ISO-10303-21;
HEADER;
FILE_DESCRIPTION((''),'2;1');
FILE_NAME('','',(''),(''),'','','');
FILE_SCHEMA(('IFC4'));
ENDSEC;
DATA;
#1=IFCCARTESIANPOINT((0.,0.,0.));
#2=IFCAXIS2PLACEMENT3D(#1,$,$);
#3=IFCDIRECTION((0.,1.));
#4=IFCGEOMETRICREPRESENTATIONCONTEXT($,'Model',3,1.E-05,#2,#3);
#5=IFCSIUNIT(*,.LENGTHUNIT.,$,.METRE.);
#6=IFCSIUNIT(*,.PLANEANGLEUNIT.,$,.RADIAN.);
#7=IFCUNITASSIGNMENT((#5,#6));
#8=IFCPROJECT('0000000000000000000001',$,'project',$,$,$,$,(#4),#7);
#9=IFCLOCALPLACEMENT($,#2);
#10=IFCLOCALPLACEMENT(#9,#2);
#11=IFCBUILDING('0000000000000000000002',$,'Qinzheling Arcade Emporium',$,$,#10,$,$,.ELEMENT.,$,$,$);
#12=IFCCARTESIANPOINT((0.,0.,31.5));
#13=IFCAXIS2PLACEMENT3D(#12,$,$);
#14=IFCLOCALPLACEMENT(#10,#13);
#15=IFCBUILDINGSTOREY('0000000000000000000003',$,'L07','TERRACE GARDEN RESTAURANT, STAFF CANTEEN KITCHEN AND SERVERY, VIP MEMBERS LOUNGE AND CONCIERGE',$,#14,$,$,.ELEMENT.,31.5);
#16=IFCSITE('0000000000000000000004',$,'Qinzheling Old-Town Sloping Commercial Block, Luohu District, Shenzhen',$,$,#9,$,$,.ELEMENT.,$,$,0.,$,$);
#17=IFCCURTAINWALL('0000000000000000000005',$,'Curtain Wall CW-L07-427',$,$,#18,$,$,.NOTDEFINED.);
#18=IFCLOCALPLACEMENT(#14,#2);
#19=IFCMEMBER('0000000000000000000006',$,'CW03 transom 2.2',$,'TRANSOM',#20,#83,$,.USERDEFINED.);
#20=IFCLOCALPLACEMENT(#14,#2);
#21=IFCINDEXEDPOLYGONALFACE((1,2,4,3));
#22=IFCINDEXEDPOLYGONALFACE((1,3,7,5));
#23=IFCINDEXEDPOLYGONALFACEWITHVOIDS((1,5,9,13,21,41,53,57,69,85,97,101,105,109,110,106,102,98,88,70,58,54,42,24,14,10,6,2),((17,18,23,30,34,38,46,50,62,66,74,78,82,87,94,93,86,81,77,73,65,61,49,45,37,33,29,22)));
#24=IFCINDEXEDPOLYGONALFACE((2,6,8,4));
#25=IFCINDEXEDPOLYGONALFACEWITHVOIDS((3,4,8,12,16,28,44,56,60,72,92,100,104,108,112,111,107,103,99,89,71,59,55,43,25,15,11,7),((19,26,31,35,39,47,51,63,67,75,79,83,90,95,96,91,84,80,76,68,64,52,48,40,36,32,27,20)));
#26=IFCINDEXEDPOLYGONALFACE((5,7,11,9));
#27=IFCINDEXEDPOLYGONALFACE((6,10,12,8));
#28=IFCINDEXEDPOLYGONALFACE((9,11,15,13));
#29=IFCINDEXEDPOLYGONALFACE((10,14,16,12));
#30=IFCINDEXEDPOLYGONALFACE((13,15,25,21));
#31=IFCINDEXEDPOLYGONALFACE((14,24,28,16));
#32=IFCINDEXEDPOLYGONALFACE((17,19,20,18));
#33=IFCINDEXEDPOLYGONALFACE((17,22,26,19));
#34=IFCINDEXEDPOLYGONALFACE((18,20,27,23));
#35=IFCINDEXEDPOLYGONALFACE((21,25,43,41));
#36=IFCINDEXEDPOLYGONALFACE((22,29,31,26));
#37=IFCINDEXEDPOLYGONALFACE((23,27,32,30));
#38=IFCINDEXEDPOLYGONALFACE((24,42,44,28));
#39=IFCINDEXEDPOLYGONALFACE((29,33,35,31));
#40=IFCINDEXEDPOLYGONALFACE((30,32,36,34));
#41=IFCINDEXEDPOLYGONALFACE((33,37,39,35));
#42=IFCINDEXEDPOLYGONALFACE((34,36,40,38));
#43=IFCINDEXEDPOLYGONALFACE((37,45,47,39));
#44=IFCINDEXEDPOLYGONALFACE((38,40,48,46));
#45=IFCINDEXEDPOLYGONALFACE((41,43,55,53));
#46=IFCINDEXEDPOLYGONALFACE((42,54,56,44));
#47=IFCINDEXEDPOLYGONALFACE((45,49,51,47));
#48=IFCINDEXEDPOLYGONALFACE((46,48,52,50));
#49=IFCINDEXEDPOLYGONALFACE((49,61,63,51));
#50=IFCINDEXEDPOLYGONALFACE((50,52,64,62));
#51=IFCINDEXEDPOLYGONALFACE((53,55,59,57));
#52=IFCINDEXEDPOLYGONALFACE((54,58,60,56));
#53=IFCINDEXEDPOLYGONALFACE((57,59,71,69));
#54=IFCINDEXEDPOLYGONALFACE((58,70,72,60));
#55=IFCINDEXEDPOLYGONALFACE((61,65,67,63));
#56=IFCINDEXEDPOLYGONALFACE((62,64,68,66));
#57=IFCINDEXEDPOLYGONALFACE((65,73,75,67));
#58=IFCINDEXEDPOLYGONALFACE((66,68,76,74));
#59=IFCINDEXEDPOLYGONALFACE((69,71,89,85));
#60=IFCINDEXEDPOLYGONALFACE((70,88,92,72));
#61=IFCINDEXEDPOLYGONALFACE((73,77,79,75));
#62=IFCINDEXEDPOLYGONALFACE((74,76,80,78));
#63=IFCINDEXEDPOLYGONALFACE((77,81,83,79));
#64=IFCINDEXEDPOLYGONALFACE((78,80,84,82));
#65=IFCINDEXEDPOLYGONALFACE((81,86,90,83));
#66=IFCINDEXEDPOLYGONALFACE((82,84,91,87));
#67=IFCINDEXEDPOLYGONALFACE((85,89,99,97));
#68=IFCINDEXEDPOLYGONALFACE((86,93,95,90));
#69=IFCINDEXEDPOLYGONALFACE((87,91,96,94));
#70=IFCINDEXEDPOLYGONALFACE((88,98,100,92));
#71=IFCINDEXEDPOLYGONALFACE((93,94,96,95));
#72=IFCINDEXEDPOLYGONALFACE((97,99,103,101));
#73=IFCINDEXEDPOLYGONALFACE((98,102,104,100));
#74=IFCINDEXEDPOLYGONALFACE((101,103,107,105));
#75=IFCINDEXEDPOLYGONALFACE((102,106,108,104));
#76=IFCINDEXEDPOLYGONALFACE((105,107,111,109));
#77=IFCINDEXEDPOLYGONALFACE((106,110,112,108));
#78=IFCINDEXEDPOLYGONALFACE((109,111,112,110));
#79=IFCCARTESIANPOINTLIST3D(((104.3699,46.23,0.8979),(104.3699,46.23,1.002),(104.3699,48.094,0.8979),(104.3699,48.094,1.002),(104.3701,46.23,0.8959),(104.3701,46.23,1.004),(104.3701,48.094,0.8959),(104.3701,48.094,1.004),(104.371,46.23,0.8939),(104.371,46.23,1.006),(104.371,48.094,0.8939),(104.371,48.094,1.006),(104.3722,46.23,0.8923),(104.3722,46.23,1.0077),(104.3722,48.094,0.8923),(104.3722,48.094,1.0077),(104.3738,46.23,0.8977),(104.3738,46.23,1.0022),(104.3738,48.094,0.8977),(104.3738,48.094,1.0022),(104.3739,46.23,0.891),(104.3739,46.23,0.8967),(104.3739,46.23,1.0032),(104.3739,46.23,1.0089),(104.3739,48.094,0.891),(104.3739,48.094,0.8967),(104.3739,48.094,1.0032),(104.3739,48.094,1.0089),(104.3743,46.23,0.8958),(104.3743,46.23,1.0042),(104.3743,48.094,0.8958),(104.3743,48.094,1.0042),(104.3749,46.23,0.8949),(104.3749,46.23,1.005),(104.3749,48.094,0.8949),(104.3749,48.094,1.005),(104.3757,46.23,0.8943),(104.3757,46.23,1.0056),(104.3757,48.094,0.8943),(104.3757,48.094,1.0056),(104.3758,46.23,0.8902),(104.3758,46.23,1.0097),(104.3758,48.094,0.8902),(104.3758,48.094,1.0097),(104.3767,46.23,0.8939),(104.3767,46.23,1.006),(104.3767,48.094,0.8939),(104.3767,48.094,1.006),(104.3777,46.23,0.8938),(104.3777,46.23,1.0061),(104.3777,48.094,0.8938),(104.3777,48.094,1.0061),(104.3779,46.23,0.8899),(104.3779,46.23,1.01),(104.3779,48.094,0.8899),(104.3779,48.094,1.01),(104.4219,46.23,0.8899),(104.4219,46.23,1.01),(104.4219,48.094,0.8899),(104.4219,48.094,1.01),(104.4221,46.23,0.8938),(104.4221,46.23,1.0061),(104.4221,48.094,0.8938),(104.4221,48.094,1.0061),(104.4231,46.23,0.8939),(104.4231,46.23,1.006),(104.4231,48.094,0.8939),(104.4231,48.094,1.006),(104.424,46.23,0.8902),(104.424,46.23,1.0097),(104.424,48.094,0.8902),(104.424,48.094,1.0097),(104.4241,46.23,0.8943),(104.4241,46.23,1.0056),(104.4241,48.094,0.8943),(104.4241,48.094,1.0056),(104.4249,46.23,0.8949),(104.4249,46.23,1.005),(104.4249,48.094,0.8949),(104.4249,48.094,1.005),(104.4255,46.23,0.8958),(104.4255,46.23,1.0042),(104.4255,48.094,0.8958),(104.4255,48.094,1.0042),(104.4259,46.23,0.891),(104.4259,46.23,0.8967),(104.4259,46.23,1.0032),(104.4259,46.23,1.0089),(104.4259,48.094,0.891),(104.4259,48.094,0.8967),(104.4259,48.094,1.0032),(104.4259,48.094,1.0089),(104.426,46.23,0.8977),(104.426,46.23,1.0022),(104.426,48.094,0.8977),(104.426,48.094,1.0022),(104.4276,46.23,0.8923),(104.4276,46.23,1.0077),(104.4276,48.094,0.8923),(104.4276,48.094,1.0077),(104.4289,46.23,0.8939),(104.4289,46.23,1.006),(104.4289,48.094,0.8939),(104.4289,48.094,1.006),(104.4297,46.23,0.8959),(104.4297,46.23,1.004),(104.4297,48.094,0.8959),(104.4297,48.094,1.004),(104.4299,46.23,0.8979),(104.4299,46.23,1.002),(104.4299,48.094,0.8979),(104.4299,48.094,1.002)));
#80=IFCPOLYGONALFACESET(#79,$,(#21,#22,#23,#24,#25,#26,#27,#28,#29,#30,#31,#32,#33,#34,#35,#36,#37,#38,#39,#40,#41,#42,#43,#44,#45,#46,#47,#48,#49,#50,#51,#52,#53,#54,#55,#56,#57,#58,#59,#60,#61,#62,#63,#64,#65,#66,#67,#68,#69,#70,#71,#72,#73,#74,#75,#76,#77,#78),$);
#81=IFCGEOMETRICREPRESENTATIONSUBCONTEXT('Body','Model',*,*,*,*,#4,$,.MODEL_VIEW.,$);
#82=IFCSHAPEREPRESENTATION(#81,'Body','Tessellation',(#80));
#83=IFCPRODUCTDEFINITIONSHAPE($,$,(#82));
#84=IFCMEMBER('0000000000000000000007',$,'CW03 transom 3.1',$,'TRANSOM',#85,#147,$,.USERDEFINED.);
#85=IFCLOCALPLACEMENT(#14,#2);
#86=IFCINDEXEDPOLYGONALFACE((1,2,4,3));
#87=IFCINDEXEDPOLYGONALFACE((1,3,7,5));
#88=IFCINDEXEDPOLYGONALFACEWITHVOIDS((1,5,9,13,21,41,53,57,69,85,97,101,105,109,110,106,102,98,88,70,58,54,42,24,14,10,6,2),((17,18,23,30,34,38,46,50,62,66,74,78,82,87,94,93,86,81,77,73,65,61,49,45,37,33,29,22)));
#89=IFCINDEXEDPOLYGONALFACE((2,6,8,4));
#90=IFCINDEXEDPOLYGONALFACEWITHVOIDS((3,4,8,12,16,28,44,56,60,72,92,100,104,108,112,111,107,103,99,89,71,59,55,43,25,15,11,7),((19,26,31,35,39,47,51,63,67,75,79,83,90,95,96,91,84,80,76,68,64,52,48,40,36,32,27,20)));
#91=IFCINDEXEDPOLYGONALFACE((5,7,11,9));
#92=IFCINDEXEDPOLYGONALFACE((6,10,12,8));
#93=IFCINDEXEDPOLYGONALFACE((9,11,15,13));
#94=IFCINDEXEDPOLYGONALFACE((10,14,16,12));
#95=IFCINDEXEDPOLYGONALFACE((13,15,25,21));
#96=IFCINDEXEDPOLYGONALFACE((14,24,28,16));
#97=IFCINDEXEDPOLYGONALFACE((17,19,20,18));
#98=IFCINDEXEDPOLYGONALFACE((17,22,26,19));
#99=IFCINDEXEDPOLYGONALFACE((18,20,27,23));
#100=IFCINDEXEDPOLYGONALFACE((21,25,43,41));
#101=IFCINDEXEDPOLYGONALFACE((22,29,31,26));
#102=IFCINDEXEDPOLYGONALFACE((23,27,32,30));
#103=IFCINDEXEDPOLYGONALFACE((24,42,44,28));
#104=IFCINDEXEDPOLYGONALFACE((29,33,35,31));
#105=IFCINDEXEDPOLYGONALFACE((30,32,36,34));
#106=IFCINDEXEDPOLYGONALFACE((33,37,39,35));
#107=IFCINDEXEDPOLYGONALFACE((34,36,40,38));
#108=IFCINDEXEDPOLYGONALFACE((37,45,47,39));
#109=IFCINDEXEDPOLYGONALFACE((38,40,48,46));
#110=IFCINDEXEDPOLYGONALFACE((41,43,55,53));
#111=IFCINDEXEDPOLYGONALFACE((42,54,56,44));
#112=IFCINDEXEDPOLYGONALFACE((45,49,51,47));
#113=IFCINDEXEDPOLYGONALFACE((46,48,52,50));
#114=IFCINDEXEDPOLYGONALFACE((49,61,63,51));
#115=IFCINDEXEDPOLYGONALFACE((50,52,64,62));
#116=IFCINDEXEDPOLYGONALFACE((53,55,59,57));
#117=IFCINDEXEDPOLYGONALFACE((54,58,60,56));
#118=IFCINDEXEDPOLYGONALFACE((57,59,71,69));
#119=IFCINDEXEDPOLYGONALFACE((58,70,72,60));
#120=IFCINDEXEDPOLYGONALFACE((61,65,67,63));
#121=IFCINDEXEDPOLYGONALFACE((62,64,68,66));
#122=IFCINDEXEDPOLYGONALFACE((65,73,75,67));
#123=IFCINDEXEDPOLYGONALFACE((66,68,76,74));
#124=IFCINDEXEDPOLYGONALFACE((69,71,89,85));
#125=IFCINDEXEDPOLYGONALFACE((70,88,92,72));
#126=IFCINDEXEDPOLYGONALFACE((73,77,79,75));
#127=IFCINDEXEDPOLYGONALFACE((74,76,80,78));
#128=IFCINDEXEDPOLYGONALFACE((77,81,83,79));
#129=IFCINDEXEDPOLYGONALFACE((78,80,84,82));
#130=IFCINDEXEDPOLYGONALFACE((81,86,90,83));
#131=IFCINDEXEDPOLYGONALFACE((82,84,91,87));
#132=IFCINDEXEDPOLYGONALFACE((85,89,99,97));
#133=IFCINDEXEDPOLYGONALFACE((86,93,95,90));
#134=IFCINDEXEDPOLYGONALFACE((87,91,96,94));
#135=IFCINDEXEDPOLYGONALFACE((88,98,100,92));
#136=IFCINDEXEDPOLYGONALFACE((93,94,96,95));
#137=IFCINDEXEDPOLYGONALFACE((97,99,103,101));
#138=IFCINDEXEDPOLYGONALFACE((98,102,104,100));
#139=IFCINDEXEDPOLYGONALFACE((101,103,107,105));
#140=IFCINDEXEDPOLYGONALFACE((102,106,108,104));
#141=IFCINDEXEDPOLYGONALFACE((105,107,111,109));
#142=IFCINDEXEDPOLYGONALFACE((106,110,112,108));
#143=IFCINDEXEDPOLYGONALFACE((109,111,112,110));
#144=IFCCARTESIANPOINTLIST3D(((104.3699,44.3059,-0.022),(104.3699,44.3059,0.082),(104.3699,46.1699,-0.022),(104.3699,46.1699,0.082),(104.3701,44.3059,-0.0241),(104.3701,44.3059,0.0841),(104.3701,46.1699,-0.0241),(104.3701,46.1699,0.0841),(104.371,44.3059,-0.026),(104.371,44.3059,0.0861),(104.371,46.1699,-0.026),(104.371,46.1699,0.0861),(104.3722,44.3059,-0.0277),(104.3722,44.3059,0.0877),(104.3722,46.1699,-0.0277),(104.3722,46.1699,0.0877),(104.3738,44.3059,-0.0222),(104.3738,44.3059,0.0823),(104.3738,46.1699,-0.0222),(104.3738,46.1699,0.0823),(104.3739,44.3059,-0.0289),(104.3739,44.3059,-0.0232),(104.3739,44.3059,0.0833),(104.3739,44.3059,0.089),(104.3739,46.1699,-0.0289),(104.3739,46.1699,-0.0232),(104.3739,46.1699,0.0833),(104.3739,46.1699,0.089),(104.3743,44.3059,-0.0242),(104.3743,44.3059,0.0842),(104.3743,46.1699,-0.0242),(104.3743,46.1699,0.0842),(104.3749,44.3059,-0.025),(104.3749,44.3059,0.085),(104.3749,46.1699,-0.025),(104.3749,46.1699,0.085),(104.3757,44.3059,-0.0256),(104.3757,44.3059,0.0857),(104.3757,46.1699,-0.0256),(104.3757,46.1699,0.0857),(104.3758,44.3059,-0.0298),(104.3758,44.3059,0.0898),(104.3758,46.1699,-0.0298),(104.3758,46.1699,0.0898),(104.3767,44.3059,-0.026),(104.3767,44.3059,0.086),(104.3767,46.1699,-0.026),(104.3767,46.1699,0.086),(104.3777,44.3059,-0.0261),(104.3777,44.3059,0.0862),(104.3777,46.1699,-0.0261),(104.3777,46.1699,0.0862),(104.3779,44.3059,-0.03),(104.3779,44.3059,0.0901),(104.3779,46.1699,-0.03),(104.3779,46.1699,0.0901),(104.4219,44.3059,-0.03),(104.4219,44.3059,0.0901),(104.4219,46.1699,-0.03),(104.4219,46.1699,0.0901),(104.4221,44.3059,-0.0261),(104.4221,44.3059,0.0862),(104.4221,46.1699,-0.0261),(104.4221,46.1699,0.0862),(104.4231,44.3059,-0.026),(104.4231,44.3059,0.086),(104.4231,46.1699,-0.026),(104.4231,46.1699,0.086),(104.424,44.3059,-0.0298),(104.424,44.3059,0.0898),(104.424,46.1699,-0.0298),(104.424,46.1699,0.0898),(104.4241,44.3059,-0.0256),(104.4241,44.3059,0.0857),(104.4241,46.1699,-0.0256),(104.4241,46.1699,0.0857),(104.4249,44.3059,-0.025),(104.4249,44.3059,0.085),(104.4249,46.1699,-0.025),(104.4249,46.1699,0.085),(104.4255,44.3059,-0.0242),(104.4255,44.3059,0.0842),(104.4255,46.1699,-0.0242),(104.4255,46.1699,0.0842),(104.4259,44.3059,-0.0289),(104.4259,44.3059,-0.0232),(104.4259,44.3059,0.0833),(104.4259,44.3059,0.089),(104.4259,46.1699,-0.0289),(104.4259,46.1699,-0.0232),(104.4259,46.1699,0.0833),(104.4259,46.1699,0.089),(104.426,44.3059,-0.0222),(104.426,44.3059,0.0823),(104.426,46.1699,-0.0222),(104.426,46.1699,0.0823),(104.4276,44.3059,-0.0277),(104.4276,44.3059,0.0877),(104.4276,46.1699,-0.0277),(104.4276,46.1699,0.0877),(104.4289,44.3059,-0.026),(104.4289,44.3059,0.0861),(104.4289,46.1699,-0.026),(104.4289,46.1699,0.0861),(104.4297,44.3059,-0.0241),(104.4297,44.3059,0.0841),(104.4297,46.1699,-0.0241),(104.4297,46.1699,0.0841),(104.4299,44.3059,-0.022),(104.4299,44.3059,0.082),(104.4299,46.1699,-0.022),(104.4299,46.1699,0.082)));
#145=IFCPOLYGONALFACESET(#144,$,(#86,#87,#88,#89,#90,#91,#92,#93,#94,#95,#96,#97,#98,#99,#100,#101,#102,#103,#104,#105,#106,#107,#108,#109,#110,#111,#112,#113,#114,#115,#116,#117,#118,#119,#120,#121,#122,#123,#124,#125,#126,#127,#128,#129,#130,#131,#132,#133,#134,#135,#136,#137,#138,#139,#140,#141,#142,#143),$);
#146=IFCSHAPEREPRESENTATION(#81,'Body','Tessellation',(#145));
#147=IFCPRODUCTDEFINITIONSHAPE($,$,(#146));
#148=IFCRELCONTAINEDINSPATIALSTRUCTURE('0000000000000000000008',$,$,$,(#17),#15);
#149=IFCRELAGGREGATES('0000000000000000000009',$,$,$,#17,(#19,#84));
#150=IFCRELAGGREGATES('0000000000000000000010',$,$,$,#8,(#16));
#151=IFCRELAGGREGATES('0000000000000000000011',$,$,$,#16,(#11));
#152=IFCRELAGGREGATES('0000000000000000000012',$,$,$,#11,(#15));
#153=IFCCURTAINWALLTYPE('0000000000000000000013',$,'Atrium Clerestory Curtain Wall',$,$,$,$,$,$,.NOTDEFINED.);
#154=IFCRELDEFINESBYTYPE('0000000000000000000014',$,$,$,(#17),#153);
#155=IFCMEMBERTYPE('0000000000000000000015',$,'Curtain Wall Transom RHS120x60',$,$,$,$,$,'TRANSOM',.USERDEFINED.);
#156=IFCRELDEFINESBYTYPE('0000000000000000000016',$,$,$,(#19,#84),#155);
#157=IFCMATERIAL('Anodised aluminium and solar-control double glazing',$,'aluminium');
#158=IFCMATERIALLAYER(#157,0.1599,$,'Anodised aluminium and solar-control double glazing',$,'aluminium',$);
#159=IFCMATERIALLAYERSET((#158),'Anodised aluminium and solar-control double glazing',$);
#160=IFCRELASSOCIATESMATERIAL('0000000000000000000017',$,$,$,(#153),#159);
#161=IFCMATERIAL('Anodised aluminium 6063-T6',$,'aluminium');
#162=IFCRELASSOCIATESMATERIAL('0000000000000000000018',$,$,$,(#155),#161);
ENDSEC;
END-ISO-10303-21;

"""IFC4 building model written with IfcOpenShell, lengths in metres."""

from ifc_helpers import new_model, si_unit, direction, frame, origin, origin_2d, place, context, subcontext, project, spatial, hollow_rectangle, extrude, material, layer, layer_set, material_profile, profile_set, type_object, element, aggregate, save


model = new_model("IFC4")

# Units and contexts
model_context = context("Model", 3, precision=1e-05, world=origin(), true_north=direction((0.0, 1.0)))
body_context = subcontext(model_context, "Body", "Model", "MODEL_VIEW")
ifc_project = project(units=[si_unit("LENGTHUNIT", "METRE"), si_unit("PLANEANGLEUNIT", "RADIAN")], contexts=[model_context])

# Site, building, storey
site_placement = place(None, origin())
site = spatial("IfcSite", under=ifc_project, at=site_placement, Name="Qinzheling Old-Town Sloping Commercial Block, Luohu District, Shenzhen", CompositionType="ELEMENT", RefElevation=0.0)
building_placement = place(site_placement, origin())
building = spatial("IfcBuilding", under=site, at=building_placement, Name="Qinzheling Arcade Emporium", CompositionType="ELEMENT")
storey_placement = place(building_placement, frame((0.0, 0.0, 31.5)))
storey = spatial("IfcBuildingStorey", under=building, at=storey_placement, Name="L07", Description="TERRACE GARDEN RESTAURANT, STAFF CANTEEN KITCHEN AND SERVERY, VIP MEMBERS LOUNGE AND CONCIERGE", CompositionType="ELEMENT", Elevation=31.5)

# Curtain wall, members
ifc_material_1 = material(Name="Anodised aluminium and solar-control double glazing", Category="aluminium")
ifc_layer_1 = layer(ifc_material_1, 0.1599, Name="Anodised aluminium and solar-control double glazing", Category="aluminium")
ifc_layer_set_1 = layer_set([ifc_layer_1], Name="Anodised aluminium and solar-control double glazing")
curtain_wall_type = type_object("IfcCurtainWallType", Name="Atrium Clerestory Curtain Wall", PredefinedType="NOTDEFINED", material=ifc_layer_set_1)
curtain_wall_placement = place(storey_placement, origin())
curtain_wall = element("IfcCurtainWall", 1, at=curtain_wall_placement, inside=storey, type_object=curtain_wall_type, Name="Curtain Wall CW-L07-427", PredefinedType="NOTDEFINED")
ifc_material_2 = material(Name="Anodised aluminium 6063-T6", Category="aluminium")
ifc_material_profile_1 = material_profile(ifc_material_2, hollow_rectangle(XDim=0.0601, YDim=0.1201, WallThickness=0.0039, InnerFilletRadius=0.0039, OuterFilletRadius=0.0081, at=origin_2d()), Name="RHS 120x60x4", Category="aluminium")
ifc_profile_set_1 = profile_set([ifc_material_profile_1], Name="Anodised aluminium 6063-T6")
member_type_1 = type_object("IfcMemberType", Name="Curtain Wall Transom RHS120x60", ElementType="TRANSOM", PredefinedType="USERDEFINED", material=ifc_profile_set_1)
member_1_placement = place(storey_placement, frame((104.3999, 48.094, 0.95), z_axis=(0.0, -1.0, 0.0), x_axis=(1.0, 0.0, 0.0)))
member_1 = element("IfcMember", 2, at=member_1_placement, type_object=member_type_1, Name="CW03 transom 2.2", ObjectType="TRANSOM", PredefinedType="USERDEFINED", context=body_context, shape_type="SweptSolid", body=[
    extrude(hollow_rectangle(XDim=0.0601, YDim=0.1201, WallThickness=0.0039, InnerFilletRadius=0.0039, OuterFilletRadius=0.0081, at=origin_2d()), origin(), (0.0, 0.0, 1.0), 1.864),
])
member_2_placement = place(storey_placement, frame((104.3999, 46.1699, 0.03), z_axis=(0.0, -1.0, 0.0), x_axis=(1.0, 0.0, 0.0)))
member_2 = element("IfcMember", 3, at=member_2_placement, type_object=member_type_1, Name="CW03 transom 3.1", ObjectType="TRANSOM", PredefinedType="USERDEFINED", context=body_context, shape_type="SweptSolid", body=[
    extrude(hollow_rectangle(XDim=0.0601, YDim=0.1201, WallThickness=0.0039, InnerFilletRadius=0.0039, OuterFilletRadius=0.0081, at=origin_2d()), origin(), (0.0, 0.0, 1.0), 1.864),
])

aggregate(curtain_wall, [member_1, member_2])

save(model, "model.ifc")
